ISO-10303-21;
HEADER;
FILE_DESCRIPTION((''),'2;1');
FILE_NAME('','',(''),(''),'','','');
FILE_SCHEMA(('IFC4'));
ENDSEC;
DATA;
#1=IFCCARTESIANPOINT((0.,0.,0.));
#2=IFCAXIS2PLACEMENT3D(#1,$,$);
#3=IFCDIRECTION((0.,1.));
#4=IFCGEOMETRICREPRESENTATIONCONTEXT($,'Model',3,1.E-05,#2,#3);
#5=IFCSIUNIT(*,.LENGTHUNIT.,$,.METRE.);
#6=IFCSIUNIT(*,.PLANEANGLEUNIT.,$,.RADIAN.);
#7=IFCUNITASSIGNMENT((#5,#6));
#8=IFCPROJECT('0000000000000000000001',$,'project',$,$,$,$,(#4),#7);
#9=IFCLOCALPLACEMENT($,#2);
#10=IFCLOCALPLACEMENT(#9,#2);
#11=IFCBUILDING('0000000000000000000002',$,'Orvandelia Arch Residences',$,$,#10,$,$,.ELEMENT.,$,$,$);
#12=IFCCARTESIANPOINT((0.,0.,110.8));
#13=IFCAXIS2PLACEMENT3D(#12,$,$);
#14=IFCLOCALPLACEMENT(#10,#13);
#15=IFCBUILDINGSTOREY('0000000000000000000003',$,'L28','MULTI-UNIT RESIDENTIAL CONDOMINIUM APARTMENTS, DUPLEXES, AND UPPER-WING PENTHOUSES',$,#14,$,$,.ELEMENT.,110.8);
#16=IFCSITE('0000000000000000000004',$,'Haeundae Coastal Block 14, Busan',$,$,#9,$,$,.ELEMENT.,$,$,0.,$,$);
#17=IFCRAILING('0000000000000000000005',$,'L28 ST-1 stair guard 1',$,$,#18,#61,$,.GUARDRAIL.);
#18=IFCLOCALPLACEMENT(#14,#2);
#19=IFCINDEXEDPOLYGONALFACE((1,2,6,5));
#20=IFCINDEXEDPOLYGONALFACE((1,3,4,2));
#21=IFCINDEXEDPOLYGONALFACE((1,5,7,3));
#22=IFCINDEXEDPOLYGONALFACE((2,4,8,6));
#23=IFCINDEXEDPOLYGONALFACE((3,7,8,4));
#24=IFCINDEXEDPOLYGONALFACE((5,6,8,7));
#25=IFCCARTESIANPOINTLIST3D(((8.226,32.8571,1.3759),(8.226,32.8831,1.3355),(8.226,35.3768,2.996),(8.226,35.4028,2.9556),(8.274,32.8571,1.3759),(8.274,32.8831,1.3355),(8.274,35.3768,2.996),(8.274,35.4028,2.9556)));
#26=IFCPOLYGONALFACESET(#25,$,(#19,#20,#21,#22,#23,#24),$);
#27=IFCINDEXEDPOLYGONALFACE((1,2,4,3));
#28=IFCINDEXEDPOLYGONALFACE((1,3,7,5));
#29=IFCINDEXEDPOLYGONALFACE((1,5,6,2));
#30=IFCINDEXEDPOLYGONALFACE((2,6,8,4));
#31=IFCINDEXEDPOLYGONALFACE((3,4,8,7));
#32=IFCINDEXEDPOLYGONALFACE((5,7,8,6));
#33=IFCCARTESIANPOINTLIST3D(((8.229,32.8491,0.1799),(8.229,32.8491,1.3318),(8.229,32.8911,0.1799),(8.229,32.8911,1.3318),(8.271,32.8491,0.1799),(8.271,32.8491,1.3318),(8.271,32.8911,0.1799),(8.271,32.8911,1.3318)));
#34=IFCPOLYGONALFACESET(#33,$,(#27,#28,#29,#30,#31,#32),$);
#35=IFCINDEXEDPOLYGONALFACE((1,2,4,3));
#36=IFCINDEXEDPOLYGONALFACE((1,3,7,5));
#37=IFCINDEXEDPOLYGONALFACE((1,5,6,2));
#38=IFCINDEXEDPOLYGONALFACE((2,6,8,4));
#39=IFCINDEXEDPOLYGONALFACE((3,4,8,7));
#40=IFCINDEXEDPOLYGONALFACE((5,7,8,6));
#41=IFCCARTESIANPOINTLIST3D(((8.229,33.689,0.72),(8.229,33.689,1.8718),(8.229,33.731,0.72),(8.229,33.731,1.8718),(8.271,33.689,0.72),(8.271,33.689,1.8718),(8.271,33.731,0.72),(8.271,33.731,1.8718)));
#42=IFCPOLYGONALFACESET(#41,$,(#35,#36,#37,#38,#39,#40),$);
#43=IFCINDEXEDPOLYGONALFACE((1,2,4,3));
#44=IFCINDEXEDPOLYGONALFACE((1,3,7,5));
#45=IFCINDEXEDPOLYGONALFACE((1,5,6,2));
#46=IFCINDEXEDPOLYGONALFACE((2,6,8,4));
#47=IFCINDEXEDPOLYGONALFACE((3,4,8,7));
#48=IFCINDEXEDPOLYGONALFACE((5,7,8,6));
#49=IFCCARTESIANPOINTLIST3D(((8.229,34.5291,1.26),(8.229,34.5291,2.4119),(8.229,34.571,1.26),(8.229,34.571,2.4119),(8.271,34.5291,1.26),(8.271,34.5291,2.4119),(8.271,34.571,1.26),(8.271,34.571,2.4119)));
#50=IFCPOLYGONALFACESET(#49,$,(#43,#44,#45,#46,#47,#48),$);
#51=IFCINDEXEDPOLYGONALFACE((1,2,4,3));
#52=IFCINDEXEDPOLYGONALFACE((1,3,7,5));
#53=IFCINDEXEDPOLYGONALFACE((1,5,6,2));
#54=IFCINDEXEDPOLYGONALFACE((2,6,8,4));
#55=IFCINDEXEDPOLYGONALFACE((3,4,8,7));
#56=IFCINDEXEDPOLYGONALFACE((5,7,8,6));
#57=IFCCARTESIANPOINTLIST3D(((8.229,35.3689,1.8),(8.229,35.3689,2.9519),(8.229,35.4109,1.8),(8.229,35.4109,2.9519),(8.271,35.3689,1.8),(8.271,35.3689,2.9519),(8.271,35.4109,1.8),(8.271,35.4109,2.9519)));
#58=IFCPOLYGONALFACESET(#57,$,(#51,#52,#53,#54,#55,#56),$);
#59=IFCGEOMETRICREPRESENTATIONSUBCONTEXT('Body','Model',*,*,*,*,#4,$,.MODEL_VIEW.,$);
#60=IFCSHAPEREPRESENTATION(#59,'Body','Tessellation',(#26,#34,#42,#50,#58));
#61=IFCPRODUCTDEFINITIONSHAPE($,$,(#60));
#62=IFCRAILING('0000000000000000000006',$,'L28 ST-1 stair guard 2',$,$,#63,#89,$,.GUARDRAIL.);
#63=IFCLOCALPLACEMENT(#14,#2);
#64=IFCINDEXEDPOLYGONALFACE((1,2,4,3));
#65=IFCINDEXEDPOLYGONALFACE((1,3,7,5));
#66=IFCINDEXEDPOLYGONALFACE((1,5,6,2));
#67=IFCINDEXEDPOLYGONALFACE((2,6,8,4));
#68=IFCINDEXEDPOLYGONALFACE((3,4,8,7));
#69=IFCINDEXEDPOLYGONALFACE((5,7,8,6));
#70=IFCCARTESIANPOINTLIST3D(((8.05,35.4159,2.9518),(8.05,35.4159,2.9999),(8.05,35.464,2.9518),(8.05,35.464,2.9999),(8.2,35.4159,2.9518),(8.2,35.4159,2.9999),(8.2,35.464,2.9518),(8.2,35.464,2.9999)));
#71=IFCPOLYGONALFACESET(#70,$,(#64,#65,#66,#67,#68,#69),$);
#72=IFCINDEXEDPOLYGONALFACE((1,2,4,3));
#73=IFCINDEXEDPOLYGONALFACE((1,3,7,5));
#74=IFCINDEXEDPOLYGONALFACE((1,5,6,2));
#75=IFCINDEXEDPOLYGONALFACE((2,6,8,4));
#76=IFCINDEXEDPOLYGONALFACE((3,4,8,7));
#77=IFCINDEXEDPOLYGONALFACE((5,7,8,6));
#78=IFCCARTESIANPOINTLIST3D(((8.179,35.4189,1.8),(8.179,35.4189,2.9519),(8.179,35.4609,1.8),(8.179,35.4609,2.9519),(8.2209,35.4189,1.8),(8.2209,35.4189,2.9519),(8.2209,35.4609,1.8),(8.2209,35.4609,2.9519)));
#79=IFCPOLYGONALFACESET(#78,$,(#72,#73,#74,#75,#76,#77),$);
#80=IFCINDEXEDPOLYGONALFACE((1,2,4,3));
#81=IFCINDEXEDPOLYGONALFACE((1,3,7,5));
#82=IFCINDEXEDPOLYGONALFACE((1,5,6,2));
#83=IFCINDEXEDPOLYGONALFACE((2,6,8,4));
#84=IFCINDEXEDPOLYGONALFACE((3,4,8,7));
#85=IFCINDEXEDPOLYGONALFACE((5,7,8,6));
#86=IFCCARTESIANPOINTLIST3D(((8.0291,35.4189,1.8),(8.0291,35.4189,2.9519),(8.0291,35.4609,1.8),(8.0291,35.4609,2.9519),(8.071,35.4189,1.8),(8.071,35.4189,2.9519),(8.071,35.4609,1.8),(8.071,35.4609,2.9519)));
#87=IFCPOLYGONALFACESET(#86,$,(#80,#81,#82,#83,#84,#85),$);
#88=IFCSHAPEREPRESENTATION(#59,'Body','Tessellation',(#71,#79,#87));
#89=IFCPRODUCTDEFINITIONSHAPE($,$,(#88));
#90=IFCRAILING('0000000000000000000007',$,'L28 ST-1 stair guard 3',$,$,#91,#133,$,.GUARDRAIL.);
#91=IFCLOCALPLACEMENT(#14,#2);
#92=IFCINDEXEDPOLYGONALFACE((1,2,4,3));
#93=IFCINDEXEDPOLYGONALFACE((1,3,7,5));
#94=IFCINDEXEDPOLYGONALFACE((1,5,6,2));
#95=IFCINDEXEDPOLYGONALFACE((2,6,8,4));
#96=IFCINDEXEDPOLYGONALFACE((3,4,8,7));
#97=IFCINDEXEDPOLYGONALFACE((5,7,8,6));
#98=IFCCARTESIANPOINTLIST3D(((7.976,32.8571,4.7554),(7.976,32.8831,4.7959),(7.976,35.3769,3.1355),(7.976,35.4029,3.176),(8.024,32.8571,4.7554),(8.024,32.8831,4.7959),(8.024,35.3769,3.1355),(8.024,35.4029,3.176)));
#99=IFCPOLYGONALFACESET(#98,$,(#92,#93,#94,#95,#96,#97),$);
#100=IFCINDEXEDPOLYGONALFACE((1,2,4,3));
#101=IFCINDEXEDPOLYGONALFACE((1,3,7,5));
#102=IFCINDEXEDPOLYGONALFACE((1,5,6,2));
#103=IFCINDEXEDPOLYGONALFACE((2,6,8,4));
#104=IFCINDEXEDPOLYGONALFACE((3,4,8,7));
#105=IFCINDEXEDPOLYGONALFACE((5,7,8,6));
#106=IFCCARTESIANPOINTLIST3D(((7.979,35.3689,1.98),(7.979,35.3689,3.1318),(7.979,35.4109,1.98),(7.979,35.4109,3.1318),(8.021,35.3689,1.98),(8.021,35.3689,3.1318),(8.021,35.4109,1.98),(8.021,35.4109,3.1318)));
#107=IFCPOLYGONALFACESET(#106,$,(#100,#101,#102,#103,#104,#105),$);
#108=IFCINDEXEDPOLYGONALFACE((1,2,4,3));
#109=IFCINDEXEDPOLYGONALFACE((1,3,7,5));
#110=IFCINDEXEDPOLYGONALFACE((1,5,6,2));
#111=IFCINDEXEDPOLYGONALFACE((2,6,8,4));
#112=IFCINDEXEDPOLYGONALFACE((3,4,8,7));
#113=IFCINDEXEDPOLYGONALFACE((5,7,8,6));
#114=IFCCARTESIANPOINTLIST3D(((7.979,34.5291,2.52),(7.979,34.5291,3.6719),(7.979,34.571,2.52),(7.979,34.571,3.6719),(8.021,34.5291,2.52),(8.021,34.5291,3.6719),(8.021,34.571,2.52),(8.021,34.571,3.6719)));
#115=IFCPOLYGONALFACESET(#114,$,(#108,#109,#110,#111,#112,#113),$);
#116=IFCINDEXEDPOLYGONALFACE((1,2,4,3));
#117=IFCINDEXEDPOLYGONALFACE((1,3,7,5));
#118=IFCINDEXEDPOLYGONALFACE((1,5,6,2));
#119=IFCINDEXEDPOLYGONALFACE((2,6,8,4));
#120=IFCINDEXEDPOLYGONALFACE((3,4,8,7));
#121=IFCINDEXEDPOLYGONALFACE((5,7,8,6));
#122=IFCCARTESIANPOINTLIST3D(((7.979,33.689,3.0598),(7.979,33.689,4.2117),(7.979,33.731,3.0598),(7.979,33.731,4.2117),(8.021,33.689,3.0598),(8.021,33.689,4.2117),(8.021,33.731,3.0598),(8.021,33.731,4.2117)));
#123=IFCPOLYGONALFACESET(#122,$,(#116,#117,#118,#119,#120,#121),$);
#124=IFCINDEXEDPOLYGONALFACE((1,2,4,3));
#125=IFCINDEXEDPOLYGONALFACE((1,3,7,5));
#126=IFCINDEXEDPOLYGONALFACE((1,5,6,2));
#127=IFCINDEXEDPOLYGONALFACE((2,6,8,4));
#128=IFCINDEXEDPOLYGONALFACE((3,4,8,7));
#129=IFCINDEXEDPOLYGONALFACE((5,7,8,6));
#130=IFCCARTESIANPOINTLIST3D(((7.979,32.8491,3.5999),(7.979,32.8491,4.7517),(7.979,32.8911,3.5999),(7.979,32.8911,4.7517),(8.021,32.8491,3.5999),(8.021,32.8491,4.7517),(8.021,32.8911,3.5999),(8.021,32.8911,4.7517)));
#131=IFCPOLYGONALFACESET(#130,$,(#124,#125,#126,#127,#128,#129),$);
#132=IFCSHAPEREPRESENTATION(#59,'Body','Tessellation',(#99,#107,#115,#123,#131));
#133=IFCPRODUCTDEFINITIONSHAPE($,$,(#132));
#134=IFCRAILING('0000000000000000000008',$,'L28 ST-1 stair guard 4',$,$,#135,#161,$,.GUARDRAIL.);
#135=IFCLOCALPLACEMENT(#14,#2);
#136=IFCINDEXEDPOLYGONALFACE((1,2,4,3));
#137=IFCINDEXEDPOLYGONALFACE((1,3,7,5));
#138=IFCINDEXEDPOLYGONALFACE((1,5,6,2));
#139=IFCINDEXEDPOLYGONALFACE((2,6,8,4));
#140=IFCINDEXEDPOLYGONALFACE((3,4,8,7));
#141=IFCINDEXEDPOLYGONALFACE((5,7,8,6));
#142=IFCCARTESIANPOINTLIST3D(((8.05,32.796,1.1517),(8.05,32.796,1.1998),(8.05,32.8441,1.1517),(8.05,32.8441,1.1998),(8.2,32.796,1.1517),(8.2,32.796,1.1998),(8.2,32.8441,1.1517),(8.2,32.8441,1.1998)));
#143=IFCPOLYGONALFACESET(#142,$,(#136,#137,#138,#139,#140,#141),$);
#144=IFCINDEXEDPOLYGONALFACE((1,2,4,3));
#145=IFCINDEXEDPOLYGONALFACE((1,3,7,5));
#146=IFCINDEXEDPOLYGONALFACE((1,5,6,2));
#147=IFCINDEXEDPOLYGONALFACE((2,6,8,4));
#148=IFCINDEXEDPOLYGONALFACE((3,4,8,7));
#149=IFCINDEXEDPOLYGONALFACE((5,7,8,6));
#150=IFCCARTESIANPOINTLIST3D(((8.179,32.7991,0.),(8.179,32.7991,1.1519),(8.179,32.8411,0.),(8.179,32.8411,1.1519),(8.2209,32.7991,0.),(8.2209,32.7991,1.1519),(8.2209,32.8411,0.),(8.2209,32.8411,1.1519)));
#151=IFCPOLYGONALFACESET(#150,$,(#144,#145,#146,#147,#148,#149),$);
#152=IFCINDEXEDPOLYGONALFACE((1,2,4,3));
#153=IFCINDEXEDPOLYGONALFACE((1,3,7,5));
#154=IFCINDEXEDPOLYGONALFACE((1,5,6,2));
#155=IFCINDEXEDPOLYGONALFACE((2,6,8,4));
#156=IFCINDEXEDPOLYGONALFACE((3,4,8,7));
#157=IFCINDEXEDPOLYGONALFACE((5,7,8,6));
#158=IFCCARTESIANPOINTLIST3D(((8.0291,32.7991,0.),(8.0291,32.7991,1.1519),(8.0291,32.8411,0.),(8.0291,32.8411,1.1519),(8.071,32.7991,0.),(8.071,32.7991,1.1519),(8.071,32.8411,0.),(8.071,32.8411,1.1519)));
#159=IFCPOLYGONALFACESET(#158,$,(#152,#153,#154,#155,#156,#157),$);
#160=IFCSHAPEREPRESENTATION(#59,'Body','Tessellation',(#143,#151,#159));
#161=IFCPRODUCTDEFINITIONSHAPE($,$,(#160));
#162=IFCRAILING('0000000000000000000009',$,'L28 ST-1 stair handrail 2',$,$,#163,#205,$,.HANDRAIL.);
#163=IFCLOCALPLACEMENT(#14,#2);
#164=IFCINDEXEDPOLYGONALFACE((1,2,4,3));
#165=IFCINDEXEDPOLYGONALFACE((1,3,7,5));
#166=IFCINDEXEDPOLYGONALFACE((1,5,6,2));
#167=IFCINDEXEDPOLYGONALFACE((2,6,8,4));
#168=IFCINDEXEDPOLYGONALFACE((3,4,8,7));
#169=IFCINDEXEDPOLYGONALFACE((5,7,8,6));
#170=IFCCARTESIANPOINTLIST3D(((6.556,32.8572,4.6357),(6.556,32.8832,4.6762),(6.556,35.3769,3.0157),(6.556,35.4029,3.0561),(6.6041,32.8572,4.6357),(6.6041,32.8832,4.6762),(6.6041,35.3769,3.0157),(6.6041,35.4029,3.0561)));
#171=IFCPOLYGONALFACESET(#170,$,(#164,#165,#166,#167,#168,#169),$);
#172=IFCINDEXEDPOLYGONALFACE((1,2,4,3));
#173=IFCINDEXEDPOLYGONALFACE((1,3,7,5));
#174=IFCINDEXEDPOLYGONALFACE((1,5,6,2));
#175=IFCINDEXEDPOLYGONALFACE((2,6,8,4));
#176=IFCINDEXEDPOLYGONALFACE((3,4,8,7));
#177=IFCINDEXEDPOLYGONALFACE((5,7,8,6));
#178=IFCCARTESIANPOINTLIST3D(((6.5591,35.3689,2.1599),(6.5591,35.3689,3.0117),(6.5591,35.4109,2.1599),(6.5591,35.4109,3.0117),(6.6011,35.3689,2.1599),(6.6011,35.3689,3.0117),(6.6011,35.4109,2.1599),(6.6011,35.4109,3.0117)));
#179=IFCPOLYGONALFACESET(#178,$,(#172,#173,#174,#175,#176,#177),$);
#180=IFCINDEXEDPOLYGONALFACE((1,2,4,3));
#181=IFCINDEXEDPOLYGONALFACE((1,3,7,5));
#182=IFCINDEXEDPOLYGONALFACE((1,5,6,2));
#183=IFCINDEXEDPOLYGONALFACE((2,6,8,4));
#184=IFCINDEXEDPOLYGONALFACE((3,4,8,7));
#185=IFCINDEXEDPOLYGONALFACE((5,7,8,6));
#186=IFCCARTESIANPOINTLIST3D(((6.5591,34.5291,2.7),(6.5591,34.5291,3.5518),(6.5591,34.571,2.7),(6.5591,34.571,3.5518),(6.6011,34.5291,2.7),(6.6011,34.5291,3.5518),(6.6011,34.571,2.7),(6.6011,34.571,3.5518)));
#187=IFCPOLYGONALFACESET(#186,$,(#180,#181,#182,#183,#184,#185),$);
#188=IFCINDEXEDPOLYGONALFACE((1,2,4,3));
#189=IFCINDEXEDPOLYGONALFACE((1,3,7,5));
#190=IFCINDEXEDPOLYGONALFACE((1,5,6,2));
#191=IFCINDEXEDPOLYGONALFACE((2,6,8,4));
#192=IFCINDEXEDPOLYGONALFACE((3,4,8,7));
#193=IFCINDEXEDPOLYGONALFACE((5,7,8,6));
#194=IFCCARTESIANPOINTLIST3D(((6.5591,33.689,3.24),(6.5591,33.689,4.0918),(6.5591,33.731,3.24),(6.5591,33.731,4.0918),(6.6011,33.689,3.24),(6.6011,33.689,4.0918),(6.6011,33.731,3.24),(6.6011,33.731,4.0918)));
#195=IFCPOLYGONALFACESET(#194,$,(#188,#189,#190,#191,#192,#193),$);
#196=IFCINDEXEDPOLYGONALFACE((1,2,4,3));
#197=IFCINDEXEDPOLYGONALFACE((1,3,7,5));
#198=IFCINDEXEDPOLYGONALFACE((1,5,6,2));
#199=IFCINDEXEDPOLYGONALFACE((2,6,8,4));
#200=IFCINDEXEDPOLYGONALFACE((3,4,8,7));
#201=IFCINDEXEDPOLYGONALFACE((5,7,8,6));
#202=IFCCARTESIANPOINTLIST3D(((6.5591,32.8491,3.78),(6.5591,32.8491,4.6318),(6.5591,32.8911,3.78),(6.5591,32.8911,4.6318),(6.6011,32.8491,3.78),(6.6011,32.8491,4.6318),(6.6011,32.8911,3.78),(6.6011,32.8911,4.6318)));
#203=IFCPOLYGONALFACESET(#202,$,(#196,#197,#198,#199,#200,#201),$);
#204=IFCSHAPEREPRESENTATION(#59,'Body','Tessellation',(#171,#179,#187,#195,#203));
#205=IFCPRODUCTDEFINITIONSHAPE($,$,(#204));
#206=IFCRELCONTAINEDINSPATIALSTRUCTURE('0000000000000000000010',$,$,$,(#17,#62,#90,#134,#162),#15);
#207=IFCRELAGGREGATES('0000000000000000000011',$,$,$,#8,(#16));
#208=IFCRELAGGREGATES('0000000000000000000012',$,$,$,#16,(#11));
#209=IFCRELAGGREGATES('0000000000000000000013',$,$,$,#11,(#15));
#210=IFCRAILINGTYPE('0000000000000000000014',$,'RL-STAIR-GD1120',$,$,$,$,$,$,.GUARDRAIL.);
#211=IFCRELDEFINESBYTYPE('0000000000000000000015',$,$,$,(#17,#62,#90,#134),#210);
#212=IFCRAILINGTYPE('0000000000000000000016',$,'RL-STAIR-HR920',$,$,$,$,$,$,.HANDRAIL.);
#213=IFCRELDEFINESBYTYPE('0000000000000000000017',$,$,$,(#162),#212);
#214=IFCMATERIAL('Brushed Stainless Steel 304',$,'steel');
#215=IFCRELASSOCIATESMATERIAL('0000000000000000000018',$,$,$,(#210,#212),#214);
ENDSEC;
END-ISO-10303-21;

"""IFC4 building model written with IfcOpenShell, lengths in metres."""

from ifc_helpers import new_model, si_unit, direction, frame, origin, origin_2d, place, context, subcontext, project, spatial, rectangle, extrude, material, type_object, element, save


model = new_model("IFC4")

# Units and contexts
model_context = context("Model", 3, precision=1e-05, world=origin(), true_north=direction((0.0, 1.0)))
body_context = subcontext(model_context, "Body", "Model", "MODEL_VIEW")
ifc_project = project(units=[si_unit("LENGTHUNIT", "METRE"), si_unit("PLANEANGLEUNIT", "RADIAN")], contexts=[model_context])

# Site, building, storey
site_placement = place(None, origin())
site = spatial("IfcSite", under=ifc_project, at=site_placement, Name="Haeundae Coastal Block 14, Busan", CompositionType="ELEMENT", RefElevation=0.0)
building_placement = place(site_placement, origin())
building = spatial("IfcBuilding", under=site, at=building_placement, Name="Orvandelia Arch Residences", CompositionType="ELEMENT")
storey_placement = place(building_placement, frame((0.0, 0.0, 110.8)))
storey = spatial("IfcBuildingStorey", under=building, at=storey_placement, Name="L28", Description="MULTI-UNIT RESIDENTIAL CONDOMINIUM APARTMENTS, DUPLEXES, AND UPPER-WING PENTHOUSES", CompositionType="ELEMENT", Elevation=110.8)

# Railings
ifc_material_1 = material(Name="Brushed Stainless Steel 304", Category="steel")
railing_type_1 = type_object("IfcRailingType", Name="RL-STAIR-GD1120", PredefinedType="GUARDRAIL", material=ifc_material_1)
railing_1_placement = place(storey_placement, frame((8.25, 32.8701, 0.1799)))
element("IfcRailing", 1, at=railing_1_placement, inside=storey, type_object=railing_type_1, Name="L28 ST-1 stair guard 1", PredefinedType="GUARDRAIL", context=body_context, shape_type="SweptSolid", body=[
    extrude(rectangle(XDim=0.0481, YDim=0.0481, at=origin_2d()), frame((0.0, 0.0, 1.1758), z_axis=(0.0, 0.841139, 0.540819), x_axis=(-1.0, 0.0, 0.0)), (0.0, 0.0, 1.0), 2.9956),
    extrude(rectangle(XDim=0.042, YDim=0.042, at=origin_2d()), origin(), (0.0, 0.0, 1.0), 1.1519),
    extrude(rectangle(XDim=0.042, YDim=0.042, at=origin_2d()), frame((0.0, 0.8398, 0.54)), (0.0, 0.0, 1.0), 1.1519),
    extrude(rectangle(XDim=0.042, YDim=0.042, at=origin_2d()), frame((0.0, 1.6799, 1.0801)), (0.0, 0.0, 1.0), 1.1519),
    extrude(rectangle(XDim=0.042, YDim=0.042, at=origin_2d()), frame((0.0, 2.5198, 1.6201)), (0.0, 0.0, 1.0), 1.1519),
])
railing_2_placement = place(storey_placement, frame((8.2, 35.4399, 1.8)))
element("IfcRailing", 2, at=railing_2_placement, inside=storey, type_object=railing_type_1, Name="L28 ST-1 stair guard 2", PredefinedType="GUARDRAIL", context=body_context, shape_type="SweptSolid", body=[
    extrude(rectangle(XDim=0.0481, YDim=0.0481, at=origin_2d()), frame((0.0, 0.0, 1.1758), z_axis=(-1.0, 0.0, 0.0), x_axis=(0.0, -1.0, 0.0)), (0.0, 0.0, 1.0), 0.1499),
    extrude(rectangle(XDim=0.042, YDim=0.042, at=origin_2d()), origin(), (0.0, 0.0, 1.0), 1.1519),
    extrude(rectangle(XDim=0.042, YDim=0.042, at=origin_2d()), frame((-0.1499, 0.0, 0.0)), (0.0, 0.0, 1.0), 1.1519),
])
railing_3_placement = place(storey_placement, frame((8.0, 35.3899, 1.98)))
element("IfcRailing", 3, at=railing_3_placement, inside=storey, type_object=railing_type_1, Name="L28 ST-1 stair guard 3", PredefinedType="GUARDRAIL", context=body_context, shape_type="SweptSolid", body=[
    extrude(rectangle(XDim=0.0481, YDim=0.0481, at=origin_2d()), frame((0.0, 0.0, 1.1758), z_axis=(0.0, -0.841176, 0.540762), x_axis=(1.0, 0.0, 0.0)), (0.0, 0.0, 1.0), 2.9956),
    extrude(rectangle(XDim=0.042, YDim=0.042, at=origin_2d()), origin(), (0.0, 0.0, 1.0), 1.1519),
    extrude(rectangle(XDim=0.042, YDim=0.042, at=origin_2d()), frame((0.0, -0.8398, 0.54)), (0.0, 0.0, 1.0), 1.1519),
    extrude(rectangle(XDim=0.042, YDim=0.042, at=origin_2d()), frame((0.0, -1.6799, 1.0798)), (0.0, 0.0, 1.0), 1.1519),
    extrude(rectangle(XDim=0.042, YDim=0.042, at=origin_2d()), frame((0.0, -2.5198, 1.6199)), (0.0, 0.0, 1.0), 1.1519),
])
railing_4_placement = place(storey_placement, frame((8.2, 32.8201, 0.0)))
element("IfcRailing", 4, at=railing_4_placement, inside=storey, type_object=railing_type_1, Name="L28 ST-1 stair guard 4", PredefinedType="GUARDRAIL", context=body_context, shape_type="SweptSolid", body=[
    extrude(rectangle(XDim=0.0481, YDim=0.0481, at=origin_2d()), frame((0.0, 0.0, 1.1758), z_axis=(-1.0, 0.0, 0.0), x_axis=(0.0, -1.0, 0.0)), (0.0, 0.0, 1.0), 0.1499),
    extrude(rectangle(XDim=0.042, YDim=0.042, at=origin_2d()), origin(), (0.0, 0.0, 1.0), 1.1519),
    extrude(rectangle(XDim=0.042, YDim=0.042, at=origin_2d()), frame((-0.1499, 0.0, 0.0)), (0.0, 0.0, 1.0), 1.1519),
])
railing_type_2 = type_object("IfcRailingType", Name="RL-STAIR-HR920", PredefinedType="HANDRAIL", material=ifc_material_1)
railing_5_placement = place(storey_placement, frame((6.5801, 35.3899, 2.1599)))
element("IfcRailing", 5, at=railing_5_placement, inside=storey, type_object=railing_type_2, Name="L28 ST-1 stair handrail 2", PredefinedType="HANDRAIL", context=body_context, shape_type="SweptSolid", body=[
    extrude(rectangle(XDim=0.0481, YDim=0.0481, at=origin_2d()), frame((0.0, 0.0, 0.876), z_axis=(0.0, -0.841139, 0.540819), x_axis=(1.0, 0.0, 0.0)), (0.0, 0.0, 1.0), 2.9956),
    extrude(rectangle(XDim=0.042, YDim=0.042, at=origin_2d()), origin(), (0.0, 0.0, 1.0), 0.8518),
    extrude(rectangle(XDim=0.042, YDim=0.042, at=origin_2d()), frame((0.0, -0.8398, 0.54)), (0.0, 0.0, 1.0), 0.8518),
    extrude(rectangle(XDim=0.042, YDim=0.042, at=origin_2d()), frame((0.0, -1.6799, 1.0801)), (0.0, 0.0, 1.0), 0.8518),
    extrude(rectangle(XDim=0.042, YDim=0.042, at=origin_2d()), frame((0.0, -2.5198, 1.6201)), (0.0, 0.0, 1.0), 0.8518),
])

save(model, "model.ifc")
